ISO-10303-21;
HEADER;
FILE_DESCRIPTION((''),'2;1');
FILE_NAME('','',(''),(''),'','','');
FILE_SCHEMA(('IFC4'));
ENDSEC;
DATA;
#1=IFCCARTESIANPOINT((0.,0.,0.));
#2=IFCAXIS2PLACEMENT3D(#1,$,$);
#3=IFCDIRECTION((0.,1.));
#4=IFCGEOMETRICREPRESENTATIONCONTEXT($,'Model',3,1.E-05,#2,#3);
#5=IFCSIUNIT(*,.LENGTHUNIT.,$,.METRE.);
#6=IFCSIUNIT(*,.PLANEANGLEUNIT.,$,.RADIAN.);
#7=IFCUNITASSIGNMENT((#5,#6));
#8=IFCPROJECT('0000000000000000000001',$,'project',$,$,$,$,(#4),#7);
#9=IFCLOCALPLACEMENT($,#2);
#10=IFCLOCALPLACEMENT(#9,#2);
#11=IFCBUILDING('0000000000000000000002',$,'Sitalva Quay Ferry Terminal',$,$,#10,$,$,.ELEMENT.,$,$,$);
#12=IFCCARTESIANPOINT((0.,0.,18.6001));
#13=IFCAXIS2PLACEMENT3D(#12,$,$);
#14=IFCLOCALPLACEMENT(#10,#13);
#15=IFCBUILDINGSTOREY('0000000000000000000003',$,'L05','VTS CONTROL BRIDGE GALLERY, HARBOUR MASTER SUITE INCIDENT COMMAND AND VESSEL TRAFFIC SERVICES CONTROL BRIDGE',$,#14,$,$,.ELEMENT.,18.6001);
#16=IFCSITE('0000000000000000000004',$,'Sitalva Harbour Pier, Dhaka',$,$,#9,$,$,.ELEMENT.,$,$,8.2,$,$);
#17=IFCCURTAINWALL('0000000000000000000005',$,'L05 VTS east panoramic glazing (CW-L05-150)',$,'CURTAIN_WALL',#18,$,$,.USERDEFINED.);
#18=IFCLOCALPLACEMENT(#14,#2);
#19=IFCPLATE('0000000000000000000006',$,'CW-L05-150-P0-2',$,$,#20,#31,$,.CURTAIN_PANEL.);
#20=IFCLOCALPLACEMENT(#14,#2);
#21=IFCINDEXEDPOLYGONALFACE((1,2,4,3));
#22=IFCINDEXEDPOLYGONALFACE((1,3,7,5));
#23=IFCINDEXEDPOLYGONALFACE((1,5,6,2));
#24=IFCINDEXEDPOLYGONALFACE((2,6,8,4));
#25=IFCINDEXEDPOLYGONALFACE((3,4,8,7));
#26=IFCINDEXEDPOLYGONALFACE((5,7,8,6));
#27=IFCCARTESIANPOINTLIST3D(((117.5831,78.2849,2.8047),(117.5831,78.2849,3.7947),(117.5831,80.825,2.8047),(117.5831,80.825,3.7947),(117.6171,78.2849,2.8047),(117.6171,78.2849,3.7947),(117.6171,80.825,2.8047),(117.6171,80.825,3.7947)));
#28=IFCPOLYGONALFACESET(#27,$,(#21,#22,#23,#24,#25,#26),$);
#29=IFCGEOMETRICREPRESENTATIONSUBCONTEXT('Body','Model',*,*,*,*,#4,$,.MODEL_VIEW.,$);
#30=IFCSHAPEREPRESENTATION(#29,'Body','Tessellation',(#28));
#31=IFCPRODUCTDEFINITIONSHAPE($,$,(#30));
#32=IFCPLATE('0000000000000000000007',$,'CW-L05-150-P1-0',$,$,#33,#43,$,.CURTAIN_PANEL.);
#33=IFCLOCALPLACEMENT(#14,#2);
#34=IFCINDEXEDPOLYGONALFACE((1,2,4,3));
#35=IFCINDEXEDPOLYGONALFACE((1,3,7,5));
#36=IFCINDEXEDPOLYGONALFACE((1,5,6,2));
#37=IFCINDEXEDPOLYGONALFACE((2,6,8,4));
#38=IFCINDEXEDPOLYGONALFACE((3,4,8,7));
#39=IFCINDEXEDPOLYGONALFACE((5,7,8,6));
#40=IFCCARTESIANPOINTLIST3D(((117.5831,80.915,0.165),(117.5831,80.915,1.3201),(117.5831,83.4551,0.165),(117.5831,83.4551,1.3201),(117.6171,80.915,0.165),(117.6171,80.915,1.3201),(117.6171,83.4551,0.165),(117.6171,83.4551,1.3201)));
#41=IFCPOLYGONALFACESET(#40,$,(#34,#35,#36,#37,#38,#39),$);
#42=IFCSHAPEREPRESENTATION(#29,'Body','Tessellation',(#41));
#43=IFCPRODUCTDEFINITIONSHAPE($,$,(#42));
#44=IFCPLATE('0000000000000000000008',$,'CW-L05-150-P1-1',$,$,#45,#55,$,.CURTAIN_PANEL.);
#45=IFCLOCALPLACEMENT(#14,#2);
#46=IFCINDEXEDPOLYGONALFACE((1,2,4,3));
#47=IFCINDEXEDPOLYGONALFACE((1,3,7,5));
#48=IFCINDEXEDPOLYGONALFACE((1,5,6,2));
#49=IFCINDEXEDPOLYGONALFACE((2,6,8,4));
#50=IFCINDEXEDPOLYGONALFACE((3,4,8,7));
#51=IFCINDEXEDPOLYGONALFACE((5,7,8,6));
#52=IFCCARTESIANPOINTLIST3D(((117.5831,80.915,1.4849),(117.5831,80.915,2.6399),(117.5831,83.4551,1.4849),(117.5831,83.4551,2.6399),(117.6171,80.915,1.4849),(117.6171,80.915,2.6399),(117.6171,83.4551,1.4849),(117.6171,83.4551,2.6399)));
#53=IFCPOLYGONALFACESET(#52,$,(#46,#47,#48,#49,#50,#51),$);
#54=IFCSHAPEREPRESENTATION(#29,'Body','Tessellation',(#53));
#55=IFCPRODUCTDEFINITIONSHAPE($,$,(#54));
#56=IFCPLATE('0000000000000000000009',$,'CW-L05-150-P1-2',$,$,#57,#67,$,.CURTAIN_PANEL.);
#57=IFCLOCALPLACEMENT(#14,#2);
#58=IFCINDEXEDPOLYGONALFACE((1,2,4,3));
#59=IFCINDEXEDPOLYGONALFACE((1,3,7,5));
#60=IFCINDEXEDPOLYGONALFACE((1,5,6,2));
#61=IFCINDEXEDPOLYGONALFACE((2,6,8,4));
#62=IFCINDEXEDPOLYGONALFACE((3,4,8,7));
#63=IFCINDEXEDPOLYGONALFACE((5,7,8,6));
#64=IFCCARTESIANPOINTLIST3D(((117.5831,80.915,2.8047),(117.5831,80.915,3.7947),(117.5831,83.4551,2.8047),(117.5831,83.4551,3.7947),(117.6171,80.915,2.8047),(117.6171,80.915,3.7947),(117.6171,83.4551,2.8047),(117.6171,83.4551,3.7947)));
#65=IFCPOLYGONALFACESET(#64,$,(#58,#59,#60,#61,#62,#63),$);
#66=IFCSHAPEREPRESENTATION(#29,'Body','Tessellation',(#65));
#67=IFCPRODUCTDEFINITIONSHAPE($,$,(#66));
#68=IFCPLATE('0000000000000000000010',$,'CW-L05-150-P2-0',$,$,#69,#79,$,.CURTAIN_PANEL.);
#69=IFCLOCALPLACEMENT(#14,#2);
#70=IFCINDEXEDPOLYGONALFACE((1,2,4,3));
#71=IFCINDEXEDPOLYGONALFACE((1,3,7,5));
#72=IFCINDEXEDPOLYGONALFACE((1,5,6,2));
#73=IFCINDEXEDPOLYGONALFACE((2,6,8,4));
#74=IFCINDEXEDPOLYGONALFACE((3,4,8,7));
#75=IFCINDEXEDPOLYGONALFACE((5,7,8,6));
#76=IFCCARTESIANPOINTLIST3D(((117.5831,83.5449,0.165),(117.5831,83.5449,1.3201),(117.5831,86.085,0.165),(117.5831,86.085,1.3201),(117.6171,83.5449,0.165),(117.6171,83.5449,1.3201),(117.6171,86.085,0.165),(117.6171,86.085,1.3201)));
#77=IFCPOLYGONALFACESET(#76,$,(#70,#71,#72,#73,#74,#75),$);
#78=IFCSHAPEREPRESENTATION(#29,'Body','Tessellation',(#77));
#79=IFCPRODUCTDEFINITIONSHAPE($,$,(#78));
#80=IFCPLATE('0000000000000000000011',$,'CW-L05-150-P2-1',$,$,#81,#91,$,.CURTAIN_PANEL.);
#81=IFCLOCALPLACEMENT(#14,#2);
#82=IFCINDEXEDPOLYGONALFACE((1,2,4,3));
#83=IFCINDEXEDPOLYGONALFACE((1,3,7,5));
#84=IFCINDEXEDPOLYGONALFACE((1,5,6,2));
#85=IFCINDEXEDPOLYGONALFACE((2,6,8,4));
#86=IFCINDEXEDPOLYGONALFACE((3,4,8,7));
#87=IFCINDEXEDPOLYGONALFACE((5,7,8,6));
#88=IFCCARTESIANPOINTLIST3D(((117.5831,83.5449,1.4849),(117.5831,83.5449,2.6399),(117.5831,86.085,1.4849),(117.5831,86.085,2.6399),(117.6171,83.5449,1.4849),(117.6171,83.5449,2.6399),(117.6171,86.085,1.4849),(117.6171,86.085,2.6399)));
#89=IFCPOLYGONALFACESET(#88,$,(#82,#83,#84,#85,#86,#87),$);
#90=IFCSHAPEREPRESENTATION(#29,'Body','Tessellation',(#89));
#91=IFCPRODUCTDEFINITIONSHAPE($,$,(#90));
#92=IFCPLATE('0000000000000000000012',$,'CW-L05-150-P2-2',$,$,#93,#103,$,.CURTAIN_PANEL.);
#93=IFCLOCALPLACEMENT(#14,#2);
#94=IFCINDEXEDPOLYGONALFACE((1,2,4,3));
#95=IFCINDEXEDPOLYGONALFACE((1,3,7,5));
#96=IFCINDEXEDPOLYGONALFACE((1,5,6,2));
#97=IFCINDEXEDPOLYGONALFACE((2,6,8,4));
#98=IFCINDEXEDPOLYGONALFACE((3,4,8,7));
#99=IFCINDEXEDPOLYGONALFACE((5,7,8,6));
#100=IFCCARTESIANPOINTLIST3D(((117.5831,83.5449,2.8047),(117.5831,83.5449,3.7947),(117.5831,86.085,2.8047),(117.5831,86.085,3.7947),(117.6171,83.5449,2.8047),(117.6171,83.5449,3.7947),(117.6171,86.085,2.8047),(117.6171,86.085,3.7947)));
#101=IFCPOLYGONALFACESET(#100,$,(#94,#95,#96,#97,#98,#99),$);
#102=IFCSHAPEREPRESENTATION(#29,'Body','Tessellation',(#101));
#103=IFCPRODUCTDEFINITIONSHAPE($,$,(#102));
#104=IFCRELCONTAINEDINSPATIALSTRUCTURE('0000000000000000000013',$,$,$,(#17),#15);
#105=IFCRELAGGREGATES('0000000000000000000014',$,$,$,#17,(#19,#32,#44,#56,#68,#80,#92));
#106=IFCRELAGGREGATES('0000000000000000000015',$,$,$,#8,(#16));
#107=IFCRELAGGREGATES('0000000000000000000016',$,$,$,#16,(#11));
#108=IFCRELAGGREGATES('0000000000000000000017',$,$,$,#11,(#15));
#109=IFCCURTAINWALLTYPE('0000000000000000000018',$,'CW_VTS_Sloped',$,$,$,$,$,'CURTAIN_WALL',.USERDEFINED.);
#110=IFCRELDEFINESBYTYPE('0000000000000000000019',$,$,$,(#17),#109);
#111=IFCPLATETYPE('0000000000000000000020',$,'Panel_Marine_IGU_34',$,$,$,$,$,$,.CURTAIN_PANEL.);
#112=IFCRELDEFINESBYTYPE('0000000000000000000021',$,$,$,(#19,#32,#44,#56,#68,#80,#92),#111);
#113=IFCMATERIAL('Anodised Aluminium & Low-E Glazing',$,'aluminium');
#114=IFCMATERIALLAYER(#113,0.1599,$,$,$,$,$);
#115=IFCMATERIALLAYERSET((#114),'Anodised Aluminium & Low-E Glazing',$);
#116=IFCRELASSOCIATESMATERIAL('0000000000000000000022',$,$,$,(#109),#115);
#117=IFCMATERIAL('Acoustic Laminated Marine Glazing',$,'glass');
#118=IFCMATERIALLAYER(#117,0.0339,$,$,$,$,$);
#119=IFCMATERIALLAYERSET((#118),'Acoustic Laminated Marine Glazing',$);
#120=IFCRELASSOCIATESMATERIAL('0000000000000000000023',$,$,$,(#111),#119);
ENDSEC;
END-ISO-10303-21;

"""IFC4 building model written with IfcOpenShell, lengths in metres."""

from ifc_helpers import new_model, si_unit, direction, frame, origin, origin_2d, place, context, subcontext, project, spatial, rectangle, extrude, material, layer, layer_set, type_object, element, aggregate, save


model = new_model("IFC4")

# Units and contexts
model_context = context("Model", 3, precision=1e-05, world=origin(), true_north=direction((0.0, 1.0)))
body_context = subcontext(model_context, "Body", "Model", "MODEL_VIEW")
ifc_project = project(units=[si_unit("LENGTHUNIT", "METRE"), si_unit("PLANEANGLEUNIT", "RADIAN")], contexts=[model_context])

# Site, building, storey
site_placement = place(None, origin())
site = spatial("IfcSite", under=ifc_project, at=site_placement, Name="Sitalva Harbour Pier, Dhaka", CompositionType="ELEMENT", RefElevation=8.2)
building_placement = place(site_placement, origin())
building = spatial("IfcBuilding", under=site, at=building_placement, Name="Sitalva Quay Ferry Terminal", CompositionType="ELEMENT")
storey_placement = place(building_placement, frame((0.0, 0.0, 18.6001)))
storey = spatial("IfcBuildingStorey", under=building, at=storey_placement, Name="L05", Description="VTS CONTROL BRIDGE GALLERY, HARBOUR MASTER SUITE INCIDENT COMMAND AND VESSEL TRAFFIC SERVICES CONTROL BRIDGE", CompositionType="ELEMENT", Elevation=18.6001)

# Curtain wall, plates
ifc_material_1 = material(Name="Anodised Aluminium & Low-E Glazing", Category="aluminium")
ifc_layer_1 = layer(ifc_material_1, 0.1599)
ifc_layer_set_1 = layer_set([ifc_layer_1], Name="Anodised Aluminium & Low-E Glazing")
curtain_wall_type = type_object("IfcCurtainWallType", Name="CW_VTS_Sloped", ElementType="CURTAIN_WALL", PredefinedType="USERDEFINED", material=ifc_layer_set_1)
curtain_wall_placement = place(storey_placement, origin())
curtain_wall = element("IfcCurtainWall", 1, at=curtain_wall_placement, inside=storey, type_object=curtain_wall_type, Name="L05 VTS east panoramic glazing (CW-L05-150)", ObjectType="CURTAIN_WALL", PredefinedType="USERDEFINED")
ifc_material_2 = material(Name="Acoustic Laminated Marine Glazing", Category="glass")
ifc_layer_2 = layer(ifc_material_2, 0.0339)
ifc_layer_set_2 = layer_set([ifc_layer_2], Name="Acoustic Laminated Marine Glazing")
plate_type = type_object("IfcPlateType", Name="Panel_Marine_IGU_34", PredefinedType="CURTAIN_PANEL", material=ifc_layer_set_2)
plate_1_placement = place(storey_placement, frame((117.6001, 79.5549, 2.8047), z_axis=(0.0, 0.0, 1.0), x_axis=(0.0, 1.0, 0.0)))
plate_1 = element("IfcPlate", 2, at=plate_1_placement, type_object=plate_type, Name="CW-L05-150-P0-2", PredefinedType="CURTAIN_PANEL", context=body_context, shape_type="SweptSolid", body=[
    extrude(rectangle(XDim=2.54, YDim=0.0339, at=origin_2d()), origin(), (0.0, 0.0, 1.0), 0.99),
])
plate_2_placement = place(storey_placement, frame((117.6001, 82.1851, 0.165), z_axis=(0.0, 0.0, 1.0), x_axis=(0.0, 1.0, 0.0)))
plate_2 = element("IfcPlate", 3, at=plate_2_placement, type_object=plate_type, Name="CW-L05-150-P1-0", PredefinedType="CURTAIN_PANEL", context=body_context, shape_type="SweptSolid", body=[
    extrude(rectangle(XDim=2.54, YDim=0.0339, at=origin_2d()), origin(), (0.0, 0.0, 1.0), 1.155),
])
plate_3_placement = place(storey_placement, frame((117.6001, 82.1851, 1.4849), z_axis=(0.0, 0.0, 1.0), x_axis=(0.0, 1.0, 0.0)))
plate_3 = element("IfcPlate", 4, at=plate_3_placement, type_object=plate_type, Name="CW-L05-150-P1-1", PredefinedType="CURTAIN_PANEL", context=body_context, shape_type="SweptSolid", body=[
    extrude(rectangle(XDim=2.54, YDim=0.0339, at=origin_2d()), origin(), (0.0, 0.0, 1.0), 1.155),
])
plate_4_placement = place(storey_placement, frame((117.6001, 82.1851, 2.8047), z_axis=(0.0, 0.0, 1.0), x_axis=(0.0, 1.0, 0.0)))
plate_4 = element("IfcPlate", 5, at=plate_4_placement, type_object=plate_type, Name="CW-L05-150-P1-2", PredefinedType="CURTAIN_PANEL", context=body_context, shape_type="SweptSolid", body=[
    extrude(rectangle(XDim=2.54, YDim=0.0339, at=origin_2d()), origin(), (0.0, 0.0, 1.0), 0.99),
])
plate_5_placement = place(storey_placement, frame((117.6001, 84.8149, 0.165), z_axis=(0.0, 0.0, 1.0), x_axis=(0.0, 1.0, 0.0)))
plate_5 = element("IfcPlate", 6, at=plate_5_placement, type_object=plate_type, Name="CW-L05-150-P2-0", PredefinedType="CURTAIN_PANEL", context=body_context, shape_type="SweptSolid", body=[
    extrude(rectangle(XDim=2.54, YDim=0.0339, at=origin_2d()), origin(), (0.0, 0.0, 1.0), 1.155),
])
plate_6_placement = place(storey_placement, frame((117.6001, 84.8149, 1.4849), z_axis=(0.0, 0.0, 1.0), x_axis=(0.0, 1.0, 0.0)))
plate_6 = element("IfcPlate", 7, at=plate_6_placement, type_object=plate_type, Name="CW-L05-150-P2-1", PredefinedType="CURTAIN_PANEL", context=body_context, shape_type="SweptSolid", body=[
    extrude(rectangle(XDim=2.54, YDim=0.0339, at=origin_2d()), origin(), (0.0, 0.0, 1.0), 1.155),
])
plate_7_placement = place(storey_placement, frame((117.6001, 84.8149, 2.8047), z_axis=(0.0, 0.0, 1.0), x_axis=(0.0, 1.0, 0.0)))
plate_7 = element("IfcPlate", 8, at=plate_7_placement, type_object=plate_type, Name="CW-L05-150-P2-2", PredefinedType="CURTAIN_PANEL", context=body_context, shape_type="SweptSolid", body=[
    extrude(rectangle(XDim=2.54, YDim=0.0339, at=origin_2d()), origin(), (0.0, 0.0, 1.0), 0.99),
])
aggregate(curtain_wall, [plate_1, plate_2, plate_3, plate_4, plate_5, plate_6, plate_7])

save(model, "model.ifc")
